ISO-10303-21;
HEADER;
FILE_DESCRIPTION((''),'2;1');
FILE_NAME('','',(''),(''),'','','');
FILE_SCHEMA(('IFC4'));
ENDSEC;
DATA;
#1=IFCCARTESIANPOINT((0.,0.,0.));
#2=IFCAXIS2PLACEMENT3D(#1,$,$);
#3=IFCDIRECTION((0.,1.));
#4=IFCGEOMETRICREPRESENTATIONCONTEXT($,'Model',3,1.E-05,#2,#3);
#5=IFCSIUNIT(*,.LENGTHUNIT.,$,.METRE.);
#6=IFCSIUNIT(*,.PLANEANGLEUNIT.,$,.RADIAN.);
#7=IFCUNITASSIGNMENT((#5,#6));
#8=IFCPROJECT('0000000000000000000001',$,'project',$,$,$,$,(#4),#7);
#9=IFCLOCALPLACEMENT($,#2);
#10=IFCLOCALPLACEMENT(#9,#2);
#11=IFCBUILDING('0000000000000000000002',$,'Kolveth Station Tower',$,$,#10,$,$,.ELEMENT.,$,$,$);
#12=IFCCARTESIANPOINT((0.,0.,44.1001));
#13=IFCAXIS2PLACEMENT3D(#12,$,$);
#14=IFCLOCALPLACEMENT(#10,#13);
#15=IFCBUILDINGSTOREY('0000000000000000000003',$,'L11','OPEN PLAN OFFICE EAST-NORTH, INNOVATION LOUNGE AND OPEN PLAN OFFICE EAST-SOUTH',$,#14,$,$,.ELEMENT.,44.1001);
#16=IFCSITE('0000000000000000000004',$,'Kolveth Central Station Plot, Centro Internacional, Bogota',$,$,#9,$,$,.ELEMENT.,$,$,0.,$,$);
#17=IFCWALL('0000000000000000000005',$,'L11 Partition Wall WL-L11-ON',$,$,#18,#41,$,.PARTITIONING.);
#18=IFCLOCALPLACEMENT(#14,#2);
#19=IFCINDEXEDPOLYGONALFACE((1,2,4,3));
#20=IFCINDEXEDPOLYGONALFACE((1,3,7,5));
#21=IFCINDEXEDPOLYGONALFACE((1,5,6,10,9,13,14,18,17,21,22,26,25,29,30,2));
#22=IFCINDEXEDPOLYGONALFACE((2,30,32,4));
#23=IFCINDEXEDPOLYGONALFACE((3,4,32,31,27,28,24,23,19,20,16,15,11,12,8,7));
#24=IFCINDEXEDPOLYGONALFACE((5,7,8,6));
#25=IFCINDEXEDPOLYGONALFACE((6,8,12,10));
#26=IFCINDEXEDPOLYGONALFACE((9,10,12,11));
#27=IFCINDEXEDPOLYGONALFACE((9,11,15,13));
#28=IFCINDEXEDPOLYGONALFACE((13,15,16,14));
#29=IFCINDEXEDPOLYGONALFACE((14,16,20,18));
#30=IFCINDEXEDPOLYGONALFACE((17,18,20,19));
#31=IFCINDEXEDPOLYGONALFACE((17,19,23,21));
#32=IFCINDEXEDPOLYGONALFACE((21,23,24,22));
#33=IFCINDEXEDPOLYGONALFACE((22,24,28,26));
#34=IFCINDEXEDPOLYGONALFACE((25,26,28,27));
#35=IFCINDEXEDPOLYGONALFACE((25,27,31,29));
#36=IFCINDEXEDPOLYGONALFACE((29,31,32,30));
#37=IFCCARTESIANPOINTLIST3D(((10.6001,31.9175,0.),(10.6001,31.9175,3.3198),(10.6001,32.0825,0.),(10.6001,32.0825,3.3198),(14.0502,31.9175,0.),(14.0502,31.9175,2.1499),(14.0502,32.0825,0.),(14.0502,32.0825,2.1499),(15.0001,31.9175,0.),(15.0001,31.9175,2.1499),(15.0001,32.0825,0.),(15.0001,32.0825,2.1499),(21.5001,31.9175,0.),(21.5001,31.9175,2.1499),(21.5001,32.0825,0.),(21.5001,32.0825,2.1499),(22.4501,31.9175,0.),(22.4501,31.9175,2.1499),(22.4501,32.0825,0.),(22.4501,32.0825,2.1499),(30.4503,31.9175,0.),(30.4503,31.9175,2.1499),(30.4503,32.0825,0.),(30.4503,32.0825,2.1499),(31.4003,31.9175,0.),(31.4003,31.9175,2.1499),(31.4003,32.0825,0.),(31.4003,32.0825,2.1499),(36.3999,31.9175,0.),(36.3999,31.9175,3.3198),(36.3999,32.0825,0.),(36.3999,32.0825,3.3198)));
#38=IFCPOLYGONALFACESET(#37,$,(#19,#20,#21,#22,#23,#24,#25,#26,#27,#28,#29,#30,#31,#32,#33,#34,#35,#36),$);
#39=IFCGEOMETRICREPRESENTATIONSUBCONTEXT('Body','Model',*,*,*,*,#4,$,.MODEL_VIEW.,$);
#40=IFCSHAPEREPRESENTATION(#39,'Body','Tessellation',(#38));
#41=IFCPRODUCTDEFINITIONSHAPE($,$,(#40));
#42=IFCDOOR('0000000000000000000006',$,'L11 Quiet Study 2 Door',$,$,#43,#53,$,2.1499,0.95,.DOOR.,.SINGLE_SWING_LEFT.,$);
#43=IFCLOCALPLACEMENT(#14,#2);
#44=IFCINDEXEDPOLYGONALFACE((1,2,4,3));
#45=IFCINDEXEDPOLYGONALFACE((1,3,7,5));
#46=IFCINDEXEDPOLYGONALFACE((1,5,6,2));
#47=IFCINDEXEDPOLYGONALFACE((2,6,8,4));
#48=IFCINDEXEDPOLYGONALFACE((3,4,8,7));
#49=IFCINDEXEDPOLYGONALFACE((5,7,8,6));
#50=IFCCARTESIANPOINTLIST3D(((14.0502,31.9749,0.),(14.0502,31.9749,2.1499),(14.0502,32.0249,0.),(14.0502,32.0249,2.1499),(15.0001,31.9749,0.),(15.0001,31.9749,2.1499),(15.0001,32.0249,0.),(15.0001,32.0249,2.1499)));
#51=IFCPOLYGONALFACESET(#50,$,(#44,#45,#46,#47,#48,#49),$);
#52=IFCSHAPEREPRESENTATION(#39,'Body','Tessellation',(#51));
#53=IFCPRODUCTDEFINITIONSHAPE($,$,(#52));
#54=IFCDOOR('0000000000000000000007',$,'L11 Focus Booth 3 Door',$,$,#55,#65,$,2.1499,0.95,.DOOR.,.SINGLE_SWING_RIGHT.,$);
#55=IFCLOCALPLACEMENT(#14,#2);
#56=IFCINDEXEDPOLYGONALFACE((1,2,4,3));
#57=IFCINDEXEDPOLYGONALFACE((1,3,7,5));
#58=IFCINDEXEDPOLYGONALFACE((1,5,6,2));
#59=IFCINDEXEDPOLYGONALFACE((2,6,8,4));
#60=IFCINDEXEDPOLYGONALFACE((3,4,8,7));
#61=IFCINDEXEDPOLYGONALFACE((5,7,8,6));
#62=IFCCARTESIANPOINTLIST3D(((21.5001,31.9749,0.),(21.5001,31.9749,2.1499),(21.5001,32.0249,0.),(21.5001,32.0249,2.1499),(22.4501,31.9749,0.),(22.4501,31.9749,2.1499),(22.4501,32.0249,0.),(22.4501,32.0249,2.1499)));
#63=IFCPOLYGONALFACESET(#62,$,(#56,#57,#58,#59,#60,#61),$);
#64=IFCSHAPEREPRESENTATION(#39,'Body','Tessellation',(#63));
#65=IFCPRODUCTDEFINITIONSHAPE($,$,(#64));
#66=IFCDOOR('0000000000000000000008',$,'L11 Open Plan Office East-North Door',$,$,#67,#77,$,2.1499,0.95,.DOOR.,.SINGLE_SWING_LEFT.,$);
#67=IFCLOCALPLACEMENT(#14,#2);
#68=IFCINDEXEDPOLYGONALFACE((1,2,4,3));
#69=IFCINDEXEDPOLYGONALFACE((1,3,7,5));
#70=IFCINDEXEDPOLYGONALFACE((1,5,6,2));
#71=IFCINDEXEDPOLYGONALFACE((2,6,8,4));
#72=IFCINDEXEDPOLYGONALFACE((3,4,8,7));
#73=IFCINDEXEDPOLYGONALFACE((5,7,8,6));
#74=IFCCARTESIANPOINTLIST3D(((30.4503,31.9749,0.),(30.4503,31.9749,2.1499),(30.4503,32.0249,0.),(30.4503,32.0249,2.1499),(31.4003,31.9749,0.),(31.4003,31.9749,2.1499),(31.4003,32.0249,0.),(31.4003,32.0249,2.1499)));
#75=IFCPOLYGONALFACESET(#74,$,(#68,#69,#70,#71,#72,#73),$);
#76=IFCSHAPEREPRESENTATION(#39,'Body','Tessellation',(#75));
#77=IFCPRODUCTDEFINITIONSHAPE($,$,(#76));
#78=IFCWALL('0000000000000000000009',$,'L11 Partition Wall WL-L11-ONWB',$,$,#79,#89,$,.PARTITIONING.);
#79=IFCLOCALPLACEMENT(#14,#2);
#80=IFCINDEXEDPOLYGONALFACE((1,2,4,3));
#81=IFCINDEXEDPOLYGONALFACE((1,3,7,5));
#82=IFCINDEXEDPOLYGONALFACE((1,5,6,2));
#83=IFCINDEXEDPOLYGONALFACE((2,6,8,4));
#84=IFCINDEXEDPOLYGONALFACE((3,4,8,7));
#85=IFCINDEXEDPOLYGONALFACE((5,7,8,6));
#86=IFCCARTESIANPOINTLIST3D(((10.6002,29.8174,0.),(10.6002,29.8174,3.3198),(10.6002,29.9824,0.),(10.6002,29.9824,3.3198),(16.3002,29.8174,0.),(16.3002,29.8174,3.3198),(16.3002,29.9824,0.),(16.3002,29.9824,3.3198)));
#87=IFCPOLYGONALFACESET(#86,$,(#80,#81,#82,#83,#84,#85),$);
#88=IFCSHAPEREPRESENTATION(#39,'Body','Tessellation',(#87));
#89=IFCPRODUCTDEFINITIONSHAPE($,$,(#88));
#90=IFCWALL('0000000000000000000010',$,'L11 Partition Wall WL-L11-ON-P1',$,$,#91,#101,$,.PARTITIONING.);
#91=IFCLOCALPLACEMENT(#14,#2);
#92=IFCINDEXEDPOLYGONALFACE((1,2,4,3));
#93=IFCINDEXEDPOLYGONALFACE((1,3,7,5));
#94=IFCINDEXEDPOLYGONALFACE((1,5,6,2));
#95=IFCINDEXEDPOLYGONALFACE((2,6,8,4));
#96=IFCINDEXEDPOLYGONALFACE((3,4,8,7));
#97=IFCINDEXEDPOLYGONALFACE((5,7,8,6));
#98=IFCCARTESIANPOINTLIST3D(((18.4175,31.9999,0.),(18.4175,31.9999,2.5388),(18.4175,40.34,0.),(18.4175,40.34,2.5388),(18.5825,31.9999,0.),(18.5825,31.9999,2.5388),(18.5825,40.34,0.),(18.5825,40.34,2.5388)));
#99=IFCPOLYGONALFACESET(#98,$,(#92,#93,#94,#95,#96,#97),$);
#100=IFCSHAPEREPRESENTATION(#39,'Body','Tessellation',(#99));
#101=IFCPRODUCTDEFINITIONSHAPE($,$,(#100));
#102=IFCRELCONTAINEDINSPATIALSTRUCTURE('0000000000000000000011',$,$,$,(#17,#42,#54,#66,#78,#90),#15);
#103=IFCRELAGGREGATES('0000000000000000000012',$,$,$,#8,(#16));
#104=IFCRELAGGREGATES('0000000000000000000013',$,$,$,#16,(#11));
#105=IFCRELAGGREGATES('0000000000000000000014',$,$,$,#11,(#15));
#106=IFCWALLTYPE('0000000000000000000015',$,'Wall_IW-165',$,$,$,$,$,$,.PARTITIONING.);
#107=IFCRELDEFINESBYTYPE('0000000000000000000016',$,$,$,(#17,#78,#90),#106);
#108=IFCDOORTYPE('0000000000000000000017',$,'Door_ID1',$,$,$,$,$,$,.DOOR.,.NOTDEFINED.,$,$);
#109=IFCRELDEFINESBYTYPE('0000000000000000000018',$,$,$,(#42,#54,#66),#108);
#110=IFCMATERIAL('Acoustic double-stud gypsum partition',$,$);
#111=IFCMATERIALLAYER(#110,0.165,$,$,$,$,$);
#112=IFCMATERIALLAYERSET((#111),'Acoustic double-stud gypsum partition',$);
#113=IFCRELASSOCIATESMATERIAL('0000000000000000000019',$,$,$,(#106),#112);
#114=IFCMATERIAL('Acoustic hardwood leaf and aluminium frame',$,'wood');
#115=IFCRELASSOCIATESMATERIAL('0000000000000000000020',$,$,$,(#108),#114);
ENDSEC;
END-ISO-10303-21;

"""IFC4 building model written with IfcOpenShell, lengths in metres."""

from ifc_helpers import new_model, si_unit, direction, frame, frame_2d, origin, place, context, subcontext, project, spatial, rectangle, extrude, material, layer, layer_set, type_object, element, fill, save


model = new_model("IFC4")

# Units and contexts
model_context = context("Model", 3, precision=1e-05, world=origin(), true_north=direction((0.0, 1.0)))
body_context = subcontext(model_context, "Body", "Model", "MODEL_VIEW")
ifc_project = project(units=[si_unit("LENGTHUNIT", "METRE"), si_unit("PLANEANGLEUNIT", "RADIAN")], contexts=[model_context])

# Site, building, storey
site_placement = place(None, origin())
site = spatial("IfcSite", under=ifc_project, at=site_placement, Name="Kolveth Central Station Plot, Centro Internacional, Bogota", CompositionType="ELEMENT", RefElevation=0.0)
building_placement = place(site_placement, origin())
building = spatial("IfcBuilding", under=site, at=building_placement, Name="Kolveth Station Tower", CompositionType="ELEMENT")
storey_placement = place(building_placement, frame((0.0, 0.0, 44.1001)))
storey = spatial("IfcBuildingStorey", under=building, at=storey_placement, Name="L11", Description="OPEN PLAN OFFICE EAST-NORTH, INNOVATION LOUNGE AND OPEN PLAN OFFICE EAST-SOUTH", CompositionType="ELEMENT", Elevation=44.1001)

# Wall, openings, doors
ifc_material_1 = material(Name="Acoustic double-stud gypsum partition")
ifc_layer_1 = layer(ifc_material_1, 0.165)
ifc_layer_set_1 = layer_set([ifc_layer_1], Name="Acoustic double-stud gypsum partition")
wall_type = type_object("IfcWallType", Name="Wall_IW-165", PredefinedType="PARTITIONING", material=ifc_layer_set_1)
wall_1_placement = place(storey_placement, frame((10.6001, 32.0, 0.0), z_axis=(0.0, 0.0, 1.0), x_axis=(1.0, 0.0, 0.0)))
wall_1 = element("IfcWall", 1, at=wall_1_placement, inside=storey, type_object=wall_type, Name="L11 Partition Wall WL-L11-ON", PredefinedType="PARTITIONING", context=body_context, shape_type="SweptSolid", body=[
    extrude(rectangle(XDim=25.7998, YDim=0.165, at=frame_2d((12.8999, 0.0))), origin(), (0.0, 0.0, 1.0), 3.3198),
])
opening_1_placement = place(wall_1_placement, frame((3.45, 0.0, 0.0)))
opening_1 = element("IfcOpeningElement", 2, at=opening_1_placement, cuts=wall_1, PredefinedType="OPENING", context=body_context, shape_type="SweptSolid", body=[
    extrude(rectangle(XDim=0.95, YDim=2.1499, at=frame_2d((0.4751, 1.075))), frame((0.0, 0.0925, 0.0), z_axis=(0.0, -1.0, 0.0), x_axis=(1.0, 0.0, 0.0)), (0.0, 0.0, 1.0), 0.1851),
])
opening_2_placement = place(wall_1_placement, frame((10.8999, 0.0, 0.0)))
opening_2 = element("IfcOpeningElement", 3, at=opening_2_placement, cuts=wall_1, PredefinedType="OPENING", context=body_context, shape_type="SweptSolid", body=[
    extrude(rectangle(XDim=0.95, YDim=2.1499, at=frame_2d((0.4751, 1.075))), frame((0.0, 0.0925, 0.0), z_axis=(0.0, -1.0, 0.0), x_axis=(1.0, 0.0, 0.0)), (0.0, 0.0, 1.0), 0.1851),
])
opening_3_placement = place(wall_1_placement, frame((19.8501, 0.0, 0.0)))
opening_3 = element("IfcOpeningElement", 4, at=opening_3_placement, cuts=wall_1, PredefinedType="OPENING", context=body_context, shape_type="SweptSolid", body=[
    extrude(rectangle(XDim=0.95, YDim=2.1499, at=frame_2d((0.4751, 1.075))), frame((0.0, 0.0925, 0.0), z_axis=(0.0, -1.0, 0.0), x_axis=(1.0, 0.0, 0.0)), (0.0, 0.0, 1.0), 0.1851),
])
ifc_material_2 = material(Name="Acoustic hardwood leaf and aluminium frame", Category="wood")
door_type = type_object("IfcDoorType", Name="Door_ID1", OperationType="NOTDEFINED", PredefinedType="DOOR", material=ifc_material_2)
door_1_placement = place(opening_1_placement, origin())
door_1 = element("IfcDoor", 5, at=door_1_placement, inside=storey, type_object=door_type, Name="L11 Quiet Study 2 Door", OperationType="SINGLE_SWING_LEFT", OverallHeight=2.1499, OverallWidth=0.95, PredefinedType="DOOR", context=body_context, shape_type="SweptSolid", body=[
    extrude(rectangle(XDim=0.95, YDim=2.1499, at=frame_2d((0.4751, 1.075))), frame((0.0, 0.0249, 0.0), z_axis=(0.0, -1.0, 0.0), x_axis=(1.0, 0.0, 0.0)), (0.0, 0.0, 1.0), 0.05),
])
fill(opening_1, door_1)
door_2_placement = place(opening_2_placement, origin())
door_2 = element("IfcDoor", 6, at=door_2_placement, inside=storey, type_object=door_type, Name="L11 Focus Booth 3 Door", OperationType="SINGLE_SWING_RIGHT", OverallHeight=2.1499, OverallWidth=0.95, PredefinedType="DOOR", context=body_context, shape_type="SweptSolid", body=[
    extrude(rectangle(XDim=0.95, YDim=2.1499, at=frame_2d((0.4751, 1.075))), frame((0.0, 0.0249, 0.0), z_axis=(0.0, -1.0, 0.0), x_axis=(1.0, 0.0, 0.0)), (0.0, 0.0, 1.0), 0.05),
])
fill(opening_2, door_2)
door_3_placement = place(opening_3_placement, origin())
door_3 = element("IfcDoor", 7, at=door_3_placement, inside=storey, type_object=door_type, Name="L11 Open Plan Office East-North Door", OperationType="SINGLE_SWING_LEFT", OverallHeight=2.1499, OverallWidth=0.95, PredefinedType="DOOR", context=body_context, shape_type="SweptSolid", body=[
    extrude(rectangle(XDim=0.95, YDim=2.1499, at=frame_2d((0.4751, 1.075))), frame((0.0, 0.0249, 0.0), z_axis=(0.0, -1.0, 0.0), x_axis=(1.0, 0.0, 0.0)), (0.0, 0.0, 1.0), 0.05),
])
fill(opening_3, door_3)

# Walls
wall_2_placement = place(storey_placement, frame((10.6001, 29.8999, 0.0), z_axis=(0.0, 0.0, 1.0), x_axis=(1.0, 0.0, 0.0)))
element("IfcWall", 8, at=wall_2_placement, inside=storey, type_object=wall_type, Name="L11 Partition Wall WL-L11-ONWB", PredefinedType="PARTITIONING", context=body_context, shape_type="SweptSolid", body=[
    extrude(rectangle(XDim=5.7, YDim=0.165, at=frame_2d((2.8501, 0.0))), origin(), (0.0, 0.0, 1.0), 3.3198),
])
wall_3_placement = place(storey_placement, frame((18.5, 32.0, 0.0), z_axis=(0.0, 0.0, 1.0), x_axis=(0.0, 1.0, 0.0)))
element("IfcWall", 9, at=wall_3_placement, inside=storey, type_object=wall_type, Name="L11 Partition Wall WL-L11-ON-P1", PredefinedType="PARTITIONING", context=body_context, shape_type="SweptSolid", body=[
    extrude(rectangle(XDim=8.3401, YDim=0.165, at=frame_2d((4.1699, 0.0))), origin(), (0.0, 0.0, 1.0), 2.5388),
])

save(model, "model.ifc")
